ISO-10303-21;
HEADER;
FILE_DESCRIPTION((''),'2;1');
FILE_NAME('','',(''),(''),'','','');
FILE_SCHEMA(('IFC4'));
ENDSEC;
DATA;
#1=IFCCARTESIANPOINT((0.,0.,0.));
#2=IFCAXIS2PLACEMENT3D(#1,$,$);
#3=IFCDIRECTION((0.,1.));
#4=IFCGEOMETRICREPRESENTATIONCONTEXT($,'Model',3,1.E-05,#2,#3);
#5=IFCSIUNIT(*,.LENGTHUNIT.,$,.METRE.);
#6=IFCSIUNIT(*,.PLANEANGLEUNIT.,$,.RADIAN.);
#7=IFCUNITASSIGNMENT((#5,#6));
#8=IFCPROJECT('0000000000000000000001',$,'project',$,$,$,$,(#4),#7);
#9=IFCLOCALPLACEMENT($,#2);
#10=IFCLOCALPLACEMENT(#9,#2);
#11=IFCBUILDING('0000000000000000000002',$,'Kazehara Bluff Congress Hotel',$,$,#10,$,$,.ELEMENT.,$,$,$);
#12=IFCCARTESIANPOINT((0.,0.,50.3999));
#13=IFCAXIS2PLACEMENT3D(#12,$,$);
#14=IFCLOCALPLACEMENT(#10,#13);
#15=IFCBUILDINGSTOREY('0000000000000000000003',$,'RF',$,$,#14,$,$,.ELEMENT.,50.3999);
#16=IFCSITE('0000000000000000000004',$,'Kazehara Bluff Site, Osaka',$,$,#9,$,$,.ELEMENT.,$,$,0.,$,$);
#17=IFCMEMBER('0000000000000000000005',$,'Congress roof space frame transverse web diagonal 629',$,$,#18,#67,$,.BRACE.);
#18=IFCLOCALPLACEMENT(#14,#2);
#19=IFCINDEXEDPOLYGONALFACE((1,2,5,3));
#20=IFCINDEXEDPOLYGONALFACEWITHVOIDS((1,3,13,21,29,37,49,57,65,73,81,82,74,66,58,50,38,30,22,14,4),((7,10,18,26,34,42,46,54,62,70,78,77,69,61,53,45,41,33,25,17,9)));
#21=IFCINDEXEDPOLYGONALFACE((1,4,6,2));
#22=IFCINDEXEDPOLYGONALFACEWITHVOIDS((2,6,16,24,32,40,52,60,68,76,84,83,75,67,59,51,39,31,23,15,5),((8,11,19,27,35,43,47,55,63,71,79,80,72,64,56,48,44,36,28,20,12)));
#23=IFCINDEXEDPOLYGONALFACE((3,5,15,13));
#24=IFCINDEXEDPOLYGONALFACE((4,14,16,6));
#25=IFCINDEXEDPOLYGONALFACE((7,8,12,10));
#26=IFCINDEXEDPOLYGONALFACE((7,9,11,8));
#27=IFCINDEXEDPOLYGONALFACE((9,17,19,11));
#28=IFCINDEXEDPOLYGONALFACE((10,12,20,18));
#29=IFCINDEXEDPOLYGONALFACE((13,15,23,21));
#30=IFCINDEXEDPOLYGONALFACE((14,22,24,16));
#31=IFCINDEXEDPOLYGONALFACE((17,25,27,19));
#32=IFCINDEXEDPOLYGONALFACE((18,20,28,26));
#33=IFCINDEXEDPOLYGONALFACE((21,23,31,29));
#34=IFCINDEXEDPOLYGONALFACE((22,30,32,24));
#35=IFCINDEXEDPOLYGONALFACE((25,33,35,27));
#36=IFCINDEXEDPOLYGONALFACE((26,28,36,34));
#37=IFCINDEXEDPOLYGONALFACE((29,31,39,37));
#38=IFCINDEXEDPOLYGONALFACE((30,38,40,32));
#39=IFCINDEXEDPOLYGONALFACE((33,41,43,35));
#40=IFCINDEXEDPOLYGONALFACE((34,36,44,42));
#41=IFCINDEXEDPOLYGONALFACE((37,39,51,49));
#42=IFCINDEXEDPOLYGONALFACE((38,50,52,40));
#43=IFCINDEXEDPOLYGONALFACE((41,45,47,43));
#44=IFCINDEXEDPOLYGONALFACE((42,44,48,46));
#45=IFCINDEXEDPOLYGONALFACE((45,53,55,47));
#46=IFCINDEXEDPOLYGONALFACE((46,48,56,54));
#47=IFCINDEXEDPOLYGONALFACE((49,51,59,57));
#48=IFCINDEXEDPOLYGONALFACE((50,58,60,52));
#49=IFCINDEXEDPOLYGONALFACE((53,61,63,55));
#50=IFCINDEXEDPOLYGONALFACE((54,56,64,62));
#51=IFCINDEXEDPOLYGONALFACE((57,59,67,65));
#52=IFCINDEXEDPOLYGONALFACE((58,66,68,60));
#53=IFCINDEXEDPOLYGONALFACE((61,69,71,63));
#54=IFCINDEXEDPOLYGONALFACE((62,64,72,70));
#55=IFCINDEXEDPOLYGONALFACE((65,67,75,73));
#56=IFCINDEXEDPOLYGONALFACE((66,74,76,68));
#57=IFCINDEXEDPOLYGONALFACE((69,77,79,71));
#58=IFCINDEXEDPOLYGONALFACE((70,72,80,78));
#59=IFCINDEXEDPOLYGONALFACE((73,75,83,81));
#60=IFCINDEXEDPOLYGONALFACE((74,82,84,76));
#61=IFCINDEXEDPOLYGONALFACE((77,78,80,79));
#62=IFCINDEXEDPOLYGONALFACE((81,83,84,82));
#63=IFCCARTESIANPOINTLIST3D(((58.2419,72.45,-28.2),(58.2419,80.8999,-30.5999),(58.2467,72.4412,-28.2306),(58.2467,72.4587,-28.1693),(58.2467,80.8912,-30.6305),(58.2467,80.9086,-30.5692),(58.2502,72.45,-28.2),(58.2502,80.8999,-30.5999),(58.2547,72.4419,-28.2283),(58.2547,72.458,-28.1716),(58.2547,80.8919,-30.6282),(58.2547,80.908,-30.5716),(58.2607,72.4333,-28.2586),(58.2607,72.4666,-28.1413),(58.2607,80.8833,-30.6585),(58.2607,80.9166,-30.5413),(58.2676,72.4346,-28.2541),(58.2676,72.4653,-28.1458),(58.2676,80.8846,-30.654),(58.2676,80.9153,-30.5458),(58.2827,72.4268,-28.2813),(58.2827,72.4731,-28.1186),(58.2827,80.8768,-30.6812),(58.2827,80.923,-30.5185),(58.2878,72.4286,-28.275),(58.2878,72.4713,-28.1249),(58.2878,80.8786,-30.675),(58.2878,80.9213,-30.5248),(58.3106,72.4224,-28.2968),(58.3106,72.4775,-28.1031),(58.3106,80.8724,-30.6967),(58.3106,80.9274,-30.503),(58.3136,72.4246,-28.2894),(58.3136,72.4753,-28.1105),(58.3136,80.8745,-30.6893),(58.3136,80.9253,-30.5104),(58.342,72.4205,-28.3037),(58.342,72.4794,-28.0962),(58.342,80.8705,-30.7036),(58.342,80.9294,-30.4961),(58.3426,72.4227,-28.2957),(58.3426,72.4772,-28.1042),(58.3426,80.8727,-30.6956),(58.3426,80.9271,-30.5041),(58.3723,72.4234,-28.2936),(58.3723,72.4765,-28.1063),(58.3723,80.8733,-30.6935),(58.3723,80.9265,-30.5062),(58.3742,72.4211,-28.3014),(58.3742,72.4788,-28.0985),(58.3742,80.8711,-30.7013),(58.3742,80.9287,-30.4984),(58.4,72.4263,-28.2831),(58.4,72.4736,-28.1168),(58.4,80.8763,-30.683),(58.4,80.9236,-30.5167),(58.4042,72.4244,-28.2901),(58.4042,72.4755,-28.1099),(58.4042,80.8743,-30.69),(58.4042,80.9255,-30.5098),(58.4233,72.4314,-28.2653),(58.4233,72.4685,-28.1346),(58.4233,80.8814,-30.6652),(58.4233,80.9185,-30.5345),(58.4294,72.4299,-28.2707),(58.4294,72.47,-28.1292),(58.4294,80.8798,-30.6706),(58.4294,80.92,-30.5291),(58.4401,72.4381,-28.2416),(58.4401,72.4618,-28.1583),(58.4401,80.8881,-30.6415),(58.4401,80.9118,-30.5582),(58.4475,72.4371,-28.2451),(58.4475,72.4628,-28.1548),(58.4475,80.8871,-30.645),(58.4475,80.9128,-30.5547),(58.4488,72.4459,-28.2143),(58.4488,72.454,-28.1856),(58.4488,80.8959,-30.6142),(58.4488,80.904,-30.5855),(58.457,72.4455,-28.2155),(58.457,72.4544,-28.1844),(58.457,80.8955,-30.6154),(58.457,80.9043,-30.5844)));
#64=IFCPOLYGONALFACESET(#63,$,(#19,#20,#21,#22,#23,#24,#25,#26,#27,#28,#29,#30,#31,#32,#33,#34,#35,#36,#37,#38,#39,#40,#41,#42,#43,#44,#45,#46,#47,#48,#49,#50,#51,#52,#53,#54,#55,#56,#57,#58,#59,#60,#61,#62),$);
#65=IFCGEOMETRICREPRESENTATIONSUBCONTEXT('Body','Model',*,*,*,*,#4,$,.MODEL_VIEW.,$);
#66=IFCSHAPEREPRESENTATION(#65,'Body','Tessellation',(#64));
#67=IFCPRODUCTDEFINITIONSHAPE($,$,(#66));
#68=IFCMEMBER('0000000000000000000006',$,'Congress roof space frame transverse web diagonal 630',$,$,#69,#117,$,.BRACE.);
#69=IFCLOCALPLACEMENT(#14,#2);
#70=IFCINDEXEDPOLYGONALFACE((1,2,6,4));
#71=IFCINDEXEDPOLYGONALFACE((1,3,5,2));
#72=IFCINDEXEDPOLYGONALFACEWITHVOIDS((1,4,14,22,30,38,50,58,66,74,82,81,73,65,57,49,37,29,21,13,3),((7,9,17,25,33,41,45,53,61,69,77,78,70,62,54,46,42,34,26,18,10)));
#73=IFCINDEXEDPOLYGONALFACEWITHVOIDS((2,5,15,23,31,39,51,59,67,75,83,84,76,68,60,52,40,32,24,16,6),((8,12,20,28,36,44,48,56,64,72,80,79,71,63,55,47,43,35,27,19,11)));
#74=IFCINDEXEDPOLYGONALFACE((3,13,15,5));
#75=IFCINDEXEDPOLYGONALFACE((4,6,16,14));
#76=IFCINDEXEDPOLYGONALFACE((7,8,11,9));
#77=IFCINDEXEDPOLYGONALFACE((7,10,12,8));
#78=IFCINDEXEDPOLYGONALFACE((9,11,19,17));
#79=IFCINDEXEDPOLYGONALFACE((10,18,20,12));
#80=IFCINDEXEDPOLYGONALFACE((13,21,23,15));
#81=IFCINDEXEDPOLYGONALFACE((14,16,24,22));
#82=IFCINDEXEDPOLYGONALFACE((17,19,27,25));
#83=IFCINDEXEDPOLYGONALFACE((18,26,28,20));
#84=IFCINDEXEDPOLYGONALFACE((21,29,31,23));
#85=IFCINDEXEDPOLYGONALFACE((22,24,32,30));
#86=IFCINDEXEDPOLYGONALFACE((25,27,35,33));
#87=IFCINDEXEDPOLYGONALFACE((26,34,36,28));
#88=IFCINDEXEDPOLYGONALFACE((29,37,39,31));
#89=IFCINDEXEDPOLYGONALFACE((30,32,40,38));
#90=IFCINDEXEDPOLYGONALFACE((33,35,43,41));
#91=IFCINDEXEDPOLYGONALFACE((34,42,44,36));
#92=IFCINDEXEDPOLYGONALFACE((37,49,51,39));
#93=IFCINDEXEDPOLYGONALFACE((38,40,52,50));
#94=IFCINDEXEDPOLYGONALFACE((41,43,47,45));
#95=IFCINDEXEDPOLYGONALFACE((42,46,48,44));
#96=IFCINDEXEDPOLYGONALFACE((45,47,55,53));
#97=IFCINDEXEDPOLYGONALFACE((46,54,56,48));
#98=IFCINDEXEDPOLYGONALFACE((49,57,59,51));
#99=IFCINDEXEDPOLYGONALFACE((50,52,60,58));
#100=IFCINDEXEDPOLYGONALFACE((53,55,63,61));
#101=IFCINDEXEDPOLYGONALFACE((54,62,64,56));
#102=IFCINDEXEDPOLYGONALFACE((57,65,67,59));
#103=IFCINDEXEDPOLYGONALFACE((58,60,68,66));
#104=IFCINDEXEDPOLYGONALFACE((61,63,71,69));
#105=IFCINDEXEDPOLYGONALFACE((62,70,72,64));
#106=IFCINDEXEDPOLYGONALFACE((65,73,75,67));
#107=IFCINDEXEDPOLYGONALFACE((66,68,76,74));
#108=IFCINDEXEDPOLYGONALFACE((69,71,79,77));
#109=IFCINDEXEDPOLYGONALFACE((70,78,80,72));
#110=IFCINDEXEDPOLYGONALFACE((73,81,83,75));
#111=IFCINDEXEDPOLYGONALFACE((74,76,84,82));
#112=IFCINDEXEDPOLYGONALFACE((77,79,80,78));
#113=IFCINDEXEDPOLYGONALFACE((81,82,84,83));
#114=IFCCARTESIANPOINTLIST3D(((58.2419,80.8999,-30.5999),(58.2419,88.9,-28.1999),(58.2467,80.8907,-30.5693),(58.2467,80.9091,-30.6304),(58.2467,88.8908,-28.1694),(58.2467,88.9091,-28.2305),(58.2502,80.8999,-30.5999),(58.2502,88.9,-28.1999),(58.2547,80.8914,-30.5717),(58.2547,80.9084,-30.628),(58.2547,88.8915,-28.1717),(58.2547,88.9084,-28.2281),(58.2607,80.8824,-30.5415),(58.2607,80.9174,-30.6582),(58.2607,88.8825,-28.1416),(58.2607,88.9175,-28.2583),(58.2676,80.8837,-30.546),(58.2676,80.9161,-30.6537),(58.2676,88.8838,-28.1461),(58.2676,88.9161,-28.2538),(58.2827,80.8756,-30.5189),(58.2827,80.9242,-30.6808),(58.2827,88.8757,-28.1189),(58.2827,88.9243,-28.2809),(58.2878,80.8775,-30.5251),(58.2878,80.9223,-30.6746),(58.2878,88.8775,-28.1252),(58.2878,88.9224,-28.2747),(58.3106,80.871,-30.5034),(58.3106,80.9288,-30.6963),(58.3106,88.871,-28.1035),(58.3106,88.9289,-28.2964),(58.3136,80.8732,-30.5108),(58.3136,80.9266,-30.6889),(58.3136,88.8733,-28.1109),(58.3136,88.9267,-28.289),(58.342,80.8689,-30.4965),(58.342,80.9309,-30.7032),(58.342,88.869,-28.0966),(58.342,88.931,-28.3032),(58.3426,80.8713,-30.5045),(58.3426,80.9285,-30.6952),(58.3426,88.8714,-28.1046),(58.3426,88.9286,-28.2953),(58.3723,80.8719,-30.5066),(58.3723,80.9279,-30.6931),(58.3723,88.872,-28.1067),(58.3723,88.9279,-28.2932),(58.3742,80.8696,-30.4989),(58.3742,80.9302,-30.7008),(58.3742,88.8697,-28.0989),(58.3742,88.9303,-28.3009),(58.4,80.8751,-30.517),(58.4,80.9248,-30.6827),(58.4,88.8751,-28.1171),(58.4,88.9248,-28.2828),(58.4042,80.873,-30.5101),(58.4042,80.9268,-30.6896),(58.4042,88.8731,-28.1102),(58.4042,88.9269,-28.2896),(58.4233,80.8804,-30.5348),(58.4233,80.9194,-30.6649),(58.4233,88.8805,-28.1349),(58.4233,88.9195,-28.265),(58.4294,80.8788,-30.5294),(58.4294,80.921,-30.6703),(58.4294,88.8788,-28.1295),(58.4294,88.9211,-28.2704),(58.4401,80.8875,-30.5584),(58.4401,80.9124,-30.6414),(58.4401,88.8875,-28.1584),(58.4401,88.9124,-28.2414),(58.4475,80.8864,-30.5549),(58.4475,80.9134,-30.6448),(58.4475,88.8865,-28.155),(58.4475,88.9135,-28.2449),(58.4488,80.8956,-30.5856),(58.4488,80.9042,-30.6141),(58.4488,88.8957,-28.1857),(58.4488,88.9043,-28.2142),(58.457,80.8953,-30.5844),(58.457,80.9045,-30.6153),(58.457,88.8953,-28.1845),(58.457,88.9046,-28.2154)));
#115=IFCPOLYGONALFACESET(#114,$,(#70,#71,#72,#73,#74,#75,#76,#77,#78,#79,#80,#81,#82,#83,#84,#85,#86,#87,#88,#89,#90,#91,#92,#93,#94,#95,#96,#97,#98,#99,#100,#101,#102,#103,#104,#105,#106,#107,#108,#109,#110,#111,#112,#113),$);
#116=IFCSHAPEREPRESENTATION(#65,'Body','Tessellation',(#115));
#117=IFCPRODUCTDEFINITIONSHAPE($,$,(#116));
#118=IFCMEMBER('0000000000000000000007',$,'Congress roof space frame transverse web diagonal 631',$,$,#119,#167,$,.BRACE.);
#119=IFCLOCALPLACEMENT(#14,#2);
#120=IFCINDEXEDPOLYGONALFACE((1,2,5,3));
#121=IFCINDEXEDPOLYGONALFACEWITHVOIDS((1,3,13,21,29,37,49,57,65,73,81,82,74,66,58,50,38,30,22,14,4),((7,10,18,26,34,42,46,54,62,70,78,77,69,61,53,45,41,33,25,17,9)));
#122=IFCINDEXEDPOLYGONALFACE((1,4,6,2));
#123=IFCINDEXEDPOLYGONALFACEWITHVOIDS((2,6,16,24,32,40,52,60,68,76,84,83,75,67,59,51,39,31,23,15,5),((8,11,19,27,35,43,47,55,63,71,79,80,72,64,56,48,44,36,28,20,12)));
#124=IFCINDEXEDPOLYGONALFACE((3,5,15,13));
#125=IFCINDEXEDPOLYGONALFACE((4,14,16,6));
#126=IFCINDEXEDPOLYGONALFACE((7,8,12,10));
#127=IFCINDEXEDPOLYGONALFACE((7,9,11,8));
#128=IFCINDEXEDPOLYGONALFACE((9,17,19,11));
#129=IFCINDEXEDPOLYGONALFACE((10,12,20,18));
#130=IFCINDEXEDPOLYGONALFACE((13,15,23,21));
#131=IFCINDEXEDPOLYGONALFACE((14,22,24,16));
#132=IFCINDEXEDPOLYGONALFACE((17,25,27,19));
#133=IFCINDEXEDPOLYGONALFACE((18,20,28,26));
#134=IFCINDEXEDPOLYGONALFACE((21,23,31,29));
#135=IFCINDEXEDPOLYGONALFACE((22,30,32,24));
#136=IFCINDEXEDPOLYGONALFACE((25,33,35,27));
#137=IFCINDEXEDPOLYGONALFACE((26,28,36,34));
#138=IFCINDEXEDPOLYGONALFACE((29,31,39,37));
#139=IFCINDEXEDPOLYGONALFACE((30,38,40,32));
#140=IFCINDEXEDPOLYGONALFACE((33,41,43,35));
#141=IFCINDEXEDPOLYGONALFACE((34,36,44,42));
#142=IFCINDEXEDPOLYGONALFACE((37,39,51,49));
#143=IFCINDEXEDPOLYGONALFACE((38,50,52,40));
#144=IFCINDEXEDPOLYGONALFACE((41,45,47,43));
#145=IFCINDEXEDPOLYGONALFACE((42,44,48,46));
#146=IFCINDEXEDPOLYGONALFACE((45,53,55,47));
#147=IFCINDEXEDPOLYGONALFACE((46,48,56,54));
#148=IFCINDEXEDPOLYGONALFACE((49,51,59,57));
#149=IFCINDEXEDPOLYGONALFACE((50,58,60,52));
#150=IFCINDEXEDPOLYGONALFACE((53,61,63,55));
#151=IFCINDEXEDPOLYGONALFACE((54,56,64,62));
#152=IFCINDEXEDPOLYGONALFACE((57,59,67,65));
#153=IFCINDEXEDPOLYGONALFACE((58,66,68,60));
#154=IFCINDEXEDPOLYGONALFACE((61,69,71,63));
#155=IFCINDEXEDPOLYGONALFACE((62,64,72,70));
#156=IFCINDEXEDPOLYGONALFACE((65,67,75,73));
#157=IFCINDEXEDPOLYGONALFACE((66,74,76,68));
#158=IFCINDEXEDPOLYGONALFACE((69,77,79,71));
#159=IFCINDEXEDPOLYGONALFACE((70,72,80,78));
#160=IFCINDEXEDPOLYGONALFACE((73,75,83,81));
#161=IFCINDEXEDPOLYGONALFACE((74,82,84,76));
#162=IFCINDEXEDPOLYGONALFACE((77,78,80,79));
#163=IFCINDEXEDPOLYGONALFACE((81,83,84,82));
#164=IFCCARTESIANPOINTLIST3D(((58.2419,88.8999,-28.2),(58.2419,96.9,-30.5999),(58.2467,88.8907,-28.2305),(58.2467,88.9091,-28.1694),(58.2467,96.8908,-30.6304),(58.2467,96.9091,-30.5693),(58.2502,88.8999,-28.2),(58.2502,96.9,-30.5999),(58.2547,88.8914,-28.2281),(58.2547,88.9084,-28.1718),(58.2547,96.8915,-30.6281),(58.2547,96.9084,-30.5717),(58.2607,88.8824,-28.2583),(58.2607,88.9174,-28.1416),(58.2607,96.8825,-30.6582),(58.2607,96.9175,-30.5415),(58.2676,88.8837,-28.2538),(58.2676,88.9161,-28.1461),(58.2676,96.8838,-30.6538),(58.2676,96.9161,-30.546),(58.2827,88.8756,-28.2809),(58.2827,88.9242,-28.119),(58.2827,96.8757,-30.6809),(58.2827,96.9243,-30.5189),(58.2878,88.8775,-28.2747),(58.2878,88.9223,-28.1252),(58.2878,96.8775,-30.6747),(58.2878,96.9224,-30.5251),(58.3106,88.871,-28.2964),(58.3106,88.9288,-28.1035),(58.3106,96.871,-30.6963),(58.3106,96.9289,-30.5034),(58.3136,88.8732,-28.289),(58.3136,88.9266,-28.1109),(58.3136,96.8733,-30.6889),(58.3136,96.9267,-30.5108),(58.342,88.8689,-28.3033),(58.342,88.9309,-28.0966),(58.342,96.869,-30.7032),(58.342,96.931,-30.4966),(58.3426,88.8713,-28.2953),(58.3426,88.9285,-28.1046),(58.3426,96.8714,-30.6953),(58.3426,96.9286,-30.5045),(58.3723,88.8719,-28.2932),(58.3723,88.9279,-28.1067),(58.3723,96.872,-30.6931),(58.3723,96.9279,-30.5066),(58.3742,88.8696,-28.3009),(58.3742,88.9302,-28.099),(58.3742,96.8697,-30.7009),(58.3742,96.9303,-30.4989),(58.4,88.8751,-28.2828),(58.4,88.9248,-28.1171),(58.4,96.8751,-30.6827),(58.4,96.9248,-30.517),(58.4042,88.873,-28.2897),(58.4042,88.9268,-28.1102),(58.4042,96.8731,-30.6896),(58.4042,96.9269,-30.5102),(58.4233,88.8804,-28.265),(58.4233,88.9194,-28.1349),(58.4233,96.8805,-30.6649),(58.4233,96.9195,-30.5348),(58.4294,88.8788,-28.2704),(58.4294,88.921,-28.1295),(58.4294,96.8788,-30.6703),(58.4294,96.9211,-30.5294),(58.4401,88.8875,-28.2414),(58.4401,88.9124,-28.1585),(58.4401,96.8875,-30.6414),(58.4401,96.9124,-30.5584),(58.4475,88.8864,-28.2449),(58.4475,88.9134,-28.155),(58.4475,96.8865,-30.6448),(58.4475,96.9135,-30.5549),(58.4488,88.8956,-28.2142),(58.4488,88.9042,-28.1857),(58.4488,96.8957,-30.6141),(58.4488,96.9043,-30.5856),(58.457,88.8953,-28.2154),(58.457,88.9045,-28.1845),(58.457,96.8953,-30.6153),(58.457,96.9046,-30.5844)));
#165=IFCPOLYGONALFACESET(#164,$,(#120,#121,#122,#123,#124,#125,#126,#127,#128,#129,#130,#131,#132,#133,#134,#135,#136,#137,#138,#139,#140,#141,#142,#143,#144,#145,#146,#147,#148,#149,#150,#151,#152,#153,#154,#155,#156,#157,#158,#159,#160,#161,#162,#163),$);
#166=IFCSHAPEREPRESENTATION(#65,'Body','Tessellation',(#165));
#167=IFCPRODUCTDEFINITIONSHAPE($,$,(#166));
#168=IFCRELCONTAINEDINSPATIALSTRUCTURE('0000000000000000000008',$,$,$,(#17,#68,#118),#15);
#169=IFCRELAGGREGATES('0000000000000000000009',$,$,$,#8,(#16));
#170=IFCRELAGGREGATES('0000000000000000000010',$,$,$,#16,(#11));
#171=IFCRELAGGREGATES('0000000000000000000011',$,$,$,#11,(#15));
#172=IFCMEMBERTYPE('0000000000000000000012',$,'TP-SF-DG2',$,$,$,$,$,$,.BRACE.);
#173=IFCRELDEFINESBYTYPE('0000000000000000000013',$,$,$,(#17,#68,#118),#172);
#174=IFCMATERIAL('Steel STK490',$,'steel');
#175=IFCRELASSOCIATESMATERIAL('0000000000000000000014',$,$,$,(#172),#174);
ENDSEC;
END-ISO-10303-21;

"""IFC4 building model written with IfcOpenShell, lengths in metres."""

from ifc_helpers import new_model, si_unit, direction, frame, origin, origin_2d, place, context, subcontext, project, spatial, hollow_circle, extrude, material, material_profile, profile_set, type_object, element, save


model = new_model("IFC4")

# Units and contexts
model_context = context("Model", 3, precision=1e-05, world=origin(), true_north=direction((0.0, 1.0)))
body_context = subcontext(model_context, "Body", "Model", "MODEL_VIEW")
ifc_project = project(units=[si_unit("LENGTHUNIT", "METRE"), si_unit("PLANEANGLEUNIT", "RADIAN")], contexts=[model_context])

# Site, building, storey
site_placement = place(None, origin())
site = spatial("IfcSite", under=ifc_project, at=site_placement, Name="Kazehara Bluff Site, Osaka", CompositionType="ELEMENT", RefElevation=0.0)
building_placement = place(site_placement, origin())
building = spatial("IfcBuilding", under=site, at=building_placement, Name="Kazehara Bluff Congress Hotel", CompositionType="ELEMENT")
storey_placement = place(building_placement, frame((0.0, 0.0, 50.3999)))
storey = spatial("IfcBuildingStorey", under=building, at=storey_placement, Name="RF", CompositionType="ELEMENT", Elevation=50.3999)

# Members
ifc_material_1 = material(Name="Steel STK490", Category="steel")
ifc_material_profile_1 = material_profile(ifc_material_1, hollow_circle(Radius=0.1082, WallThickness=0.0083, at=origin_2d()))
ifc_profile_set_1 = profile_set([ifc_material_profile_1], Name="Steel STK490")
member_type_1 = type_object("IfcMemberType", Name="TP-SF-DG2", PredefinedType="BRACE", material=ifc_profile_set_1)
member_1_placement = place(storey_placement, frame((58.3501, 72.45, -28.2), z_axis=(0.0, 0.961955, -0.273208), x_axis=(-1.0, 0.0, 0.0)))
element("IfcMember", 1, at=member_1_placement, inside=storey, type_object=member_type_1, Name="Congress roof space frame transverse web diagonal 629", PredefinedType="BRACE", context=body_context, shape_type="SweptSolid", body=[
    extrude(hollow_circle(Radius=0.1082, WallThickness=0.0083, at=origin_2d()), origin(), (0.0, 0.0, 1.0), 8.7842),
])
for number, where, z_axis, x_axis, name in (
    (2, (58.3501, 80.8999, -30.5999), (0.0, 0.95783, 0.287337), (-1.0, 0.0, 0.0), "Congress roof space frame transverse web diagonal 630"),
    (3, (58.3501, 88.8999, -28.2), (0.0, 0.95783, -0.287337), (-1.0, 0.0, 0.0), "Congress roof space frame transverse web diagonal 631"),
):
    element("IfcMember", number, at=place(storey_placement, frame(where, z_axis=z_axis, x_axis=x_axis)), inside=storey, type_object=member_type_1, Name=name, PredefinedType="BRACE", context=body_context, shape_type="SweptSolid", body=[
        extrude(hollow_circle(Radius=0.1082, WallThickness=0.0083, at=origin_2d()), origin(), (0.0, 0.0, 1.0), 8.3523),
    ])

save(model, "model.ifc")
